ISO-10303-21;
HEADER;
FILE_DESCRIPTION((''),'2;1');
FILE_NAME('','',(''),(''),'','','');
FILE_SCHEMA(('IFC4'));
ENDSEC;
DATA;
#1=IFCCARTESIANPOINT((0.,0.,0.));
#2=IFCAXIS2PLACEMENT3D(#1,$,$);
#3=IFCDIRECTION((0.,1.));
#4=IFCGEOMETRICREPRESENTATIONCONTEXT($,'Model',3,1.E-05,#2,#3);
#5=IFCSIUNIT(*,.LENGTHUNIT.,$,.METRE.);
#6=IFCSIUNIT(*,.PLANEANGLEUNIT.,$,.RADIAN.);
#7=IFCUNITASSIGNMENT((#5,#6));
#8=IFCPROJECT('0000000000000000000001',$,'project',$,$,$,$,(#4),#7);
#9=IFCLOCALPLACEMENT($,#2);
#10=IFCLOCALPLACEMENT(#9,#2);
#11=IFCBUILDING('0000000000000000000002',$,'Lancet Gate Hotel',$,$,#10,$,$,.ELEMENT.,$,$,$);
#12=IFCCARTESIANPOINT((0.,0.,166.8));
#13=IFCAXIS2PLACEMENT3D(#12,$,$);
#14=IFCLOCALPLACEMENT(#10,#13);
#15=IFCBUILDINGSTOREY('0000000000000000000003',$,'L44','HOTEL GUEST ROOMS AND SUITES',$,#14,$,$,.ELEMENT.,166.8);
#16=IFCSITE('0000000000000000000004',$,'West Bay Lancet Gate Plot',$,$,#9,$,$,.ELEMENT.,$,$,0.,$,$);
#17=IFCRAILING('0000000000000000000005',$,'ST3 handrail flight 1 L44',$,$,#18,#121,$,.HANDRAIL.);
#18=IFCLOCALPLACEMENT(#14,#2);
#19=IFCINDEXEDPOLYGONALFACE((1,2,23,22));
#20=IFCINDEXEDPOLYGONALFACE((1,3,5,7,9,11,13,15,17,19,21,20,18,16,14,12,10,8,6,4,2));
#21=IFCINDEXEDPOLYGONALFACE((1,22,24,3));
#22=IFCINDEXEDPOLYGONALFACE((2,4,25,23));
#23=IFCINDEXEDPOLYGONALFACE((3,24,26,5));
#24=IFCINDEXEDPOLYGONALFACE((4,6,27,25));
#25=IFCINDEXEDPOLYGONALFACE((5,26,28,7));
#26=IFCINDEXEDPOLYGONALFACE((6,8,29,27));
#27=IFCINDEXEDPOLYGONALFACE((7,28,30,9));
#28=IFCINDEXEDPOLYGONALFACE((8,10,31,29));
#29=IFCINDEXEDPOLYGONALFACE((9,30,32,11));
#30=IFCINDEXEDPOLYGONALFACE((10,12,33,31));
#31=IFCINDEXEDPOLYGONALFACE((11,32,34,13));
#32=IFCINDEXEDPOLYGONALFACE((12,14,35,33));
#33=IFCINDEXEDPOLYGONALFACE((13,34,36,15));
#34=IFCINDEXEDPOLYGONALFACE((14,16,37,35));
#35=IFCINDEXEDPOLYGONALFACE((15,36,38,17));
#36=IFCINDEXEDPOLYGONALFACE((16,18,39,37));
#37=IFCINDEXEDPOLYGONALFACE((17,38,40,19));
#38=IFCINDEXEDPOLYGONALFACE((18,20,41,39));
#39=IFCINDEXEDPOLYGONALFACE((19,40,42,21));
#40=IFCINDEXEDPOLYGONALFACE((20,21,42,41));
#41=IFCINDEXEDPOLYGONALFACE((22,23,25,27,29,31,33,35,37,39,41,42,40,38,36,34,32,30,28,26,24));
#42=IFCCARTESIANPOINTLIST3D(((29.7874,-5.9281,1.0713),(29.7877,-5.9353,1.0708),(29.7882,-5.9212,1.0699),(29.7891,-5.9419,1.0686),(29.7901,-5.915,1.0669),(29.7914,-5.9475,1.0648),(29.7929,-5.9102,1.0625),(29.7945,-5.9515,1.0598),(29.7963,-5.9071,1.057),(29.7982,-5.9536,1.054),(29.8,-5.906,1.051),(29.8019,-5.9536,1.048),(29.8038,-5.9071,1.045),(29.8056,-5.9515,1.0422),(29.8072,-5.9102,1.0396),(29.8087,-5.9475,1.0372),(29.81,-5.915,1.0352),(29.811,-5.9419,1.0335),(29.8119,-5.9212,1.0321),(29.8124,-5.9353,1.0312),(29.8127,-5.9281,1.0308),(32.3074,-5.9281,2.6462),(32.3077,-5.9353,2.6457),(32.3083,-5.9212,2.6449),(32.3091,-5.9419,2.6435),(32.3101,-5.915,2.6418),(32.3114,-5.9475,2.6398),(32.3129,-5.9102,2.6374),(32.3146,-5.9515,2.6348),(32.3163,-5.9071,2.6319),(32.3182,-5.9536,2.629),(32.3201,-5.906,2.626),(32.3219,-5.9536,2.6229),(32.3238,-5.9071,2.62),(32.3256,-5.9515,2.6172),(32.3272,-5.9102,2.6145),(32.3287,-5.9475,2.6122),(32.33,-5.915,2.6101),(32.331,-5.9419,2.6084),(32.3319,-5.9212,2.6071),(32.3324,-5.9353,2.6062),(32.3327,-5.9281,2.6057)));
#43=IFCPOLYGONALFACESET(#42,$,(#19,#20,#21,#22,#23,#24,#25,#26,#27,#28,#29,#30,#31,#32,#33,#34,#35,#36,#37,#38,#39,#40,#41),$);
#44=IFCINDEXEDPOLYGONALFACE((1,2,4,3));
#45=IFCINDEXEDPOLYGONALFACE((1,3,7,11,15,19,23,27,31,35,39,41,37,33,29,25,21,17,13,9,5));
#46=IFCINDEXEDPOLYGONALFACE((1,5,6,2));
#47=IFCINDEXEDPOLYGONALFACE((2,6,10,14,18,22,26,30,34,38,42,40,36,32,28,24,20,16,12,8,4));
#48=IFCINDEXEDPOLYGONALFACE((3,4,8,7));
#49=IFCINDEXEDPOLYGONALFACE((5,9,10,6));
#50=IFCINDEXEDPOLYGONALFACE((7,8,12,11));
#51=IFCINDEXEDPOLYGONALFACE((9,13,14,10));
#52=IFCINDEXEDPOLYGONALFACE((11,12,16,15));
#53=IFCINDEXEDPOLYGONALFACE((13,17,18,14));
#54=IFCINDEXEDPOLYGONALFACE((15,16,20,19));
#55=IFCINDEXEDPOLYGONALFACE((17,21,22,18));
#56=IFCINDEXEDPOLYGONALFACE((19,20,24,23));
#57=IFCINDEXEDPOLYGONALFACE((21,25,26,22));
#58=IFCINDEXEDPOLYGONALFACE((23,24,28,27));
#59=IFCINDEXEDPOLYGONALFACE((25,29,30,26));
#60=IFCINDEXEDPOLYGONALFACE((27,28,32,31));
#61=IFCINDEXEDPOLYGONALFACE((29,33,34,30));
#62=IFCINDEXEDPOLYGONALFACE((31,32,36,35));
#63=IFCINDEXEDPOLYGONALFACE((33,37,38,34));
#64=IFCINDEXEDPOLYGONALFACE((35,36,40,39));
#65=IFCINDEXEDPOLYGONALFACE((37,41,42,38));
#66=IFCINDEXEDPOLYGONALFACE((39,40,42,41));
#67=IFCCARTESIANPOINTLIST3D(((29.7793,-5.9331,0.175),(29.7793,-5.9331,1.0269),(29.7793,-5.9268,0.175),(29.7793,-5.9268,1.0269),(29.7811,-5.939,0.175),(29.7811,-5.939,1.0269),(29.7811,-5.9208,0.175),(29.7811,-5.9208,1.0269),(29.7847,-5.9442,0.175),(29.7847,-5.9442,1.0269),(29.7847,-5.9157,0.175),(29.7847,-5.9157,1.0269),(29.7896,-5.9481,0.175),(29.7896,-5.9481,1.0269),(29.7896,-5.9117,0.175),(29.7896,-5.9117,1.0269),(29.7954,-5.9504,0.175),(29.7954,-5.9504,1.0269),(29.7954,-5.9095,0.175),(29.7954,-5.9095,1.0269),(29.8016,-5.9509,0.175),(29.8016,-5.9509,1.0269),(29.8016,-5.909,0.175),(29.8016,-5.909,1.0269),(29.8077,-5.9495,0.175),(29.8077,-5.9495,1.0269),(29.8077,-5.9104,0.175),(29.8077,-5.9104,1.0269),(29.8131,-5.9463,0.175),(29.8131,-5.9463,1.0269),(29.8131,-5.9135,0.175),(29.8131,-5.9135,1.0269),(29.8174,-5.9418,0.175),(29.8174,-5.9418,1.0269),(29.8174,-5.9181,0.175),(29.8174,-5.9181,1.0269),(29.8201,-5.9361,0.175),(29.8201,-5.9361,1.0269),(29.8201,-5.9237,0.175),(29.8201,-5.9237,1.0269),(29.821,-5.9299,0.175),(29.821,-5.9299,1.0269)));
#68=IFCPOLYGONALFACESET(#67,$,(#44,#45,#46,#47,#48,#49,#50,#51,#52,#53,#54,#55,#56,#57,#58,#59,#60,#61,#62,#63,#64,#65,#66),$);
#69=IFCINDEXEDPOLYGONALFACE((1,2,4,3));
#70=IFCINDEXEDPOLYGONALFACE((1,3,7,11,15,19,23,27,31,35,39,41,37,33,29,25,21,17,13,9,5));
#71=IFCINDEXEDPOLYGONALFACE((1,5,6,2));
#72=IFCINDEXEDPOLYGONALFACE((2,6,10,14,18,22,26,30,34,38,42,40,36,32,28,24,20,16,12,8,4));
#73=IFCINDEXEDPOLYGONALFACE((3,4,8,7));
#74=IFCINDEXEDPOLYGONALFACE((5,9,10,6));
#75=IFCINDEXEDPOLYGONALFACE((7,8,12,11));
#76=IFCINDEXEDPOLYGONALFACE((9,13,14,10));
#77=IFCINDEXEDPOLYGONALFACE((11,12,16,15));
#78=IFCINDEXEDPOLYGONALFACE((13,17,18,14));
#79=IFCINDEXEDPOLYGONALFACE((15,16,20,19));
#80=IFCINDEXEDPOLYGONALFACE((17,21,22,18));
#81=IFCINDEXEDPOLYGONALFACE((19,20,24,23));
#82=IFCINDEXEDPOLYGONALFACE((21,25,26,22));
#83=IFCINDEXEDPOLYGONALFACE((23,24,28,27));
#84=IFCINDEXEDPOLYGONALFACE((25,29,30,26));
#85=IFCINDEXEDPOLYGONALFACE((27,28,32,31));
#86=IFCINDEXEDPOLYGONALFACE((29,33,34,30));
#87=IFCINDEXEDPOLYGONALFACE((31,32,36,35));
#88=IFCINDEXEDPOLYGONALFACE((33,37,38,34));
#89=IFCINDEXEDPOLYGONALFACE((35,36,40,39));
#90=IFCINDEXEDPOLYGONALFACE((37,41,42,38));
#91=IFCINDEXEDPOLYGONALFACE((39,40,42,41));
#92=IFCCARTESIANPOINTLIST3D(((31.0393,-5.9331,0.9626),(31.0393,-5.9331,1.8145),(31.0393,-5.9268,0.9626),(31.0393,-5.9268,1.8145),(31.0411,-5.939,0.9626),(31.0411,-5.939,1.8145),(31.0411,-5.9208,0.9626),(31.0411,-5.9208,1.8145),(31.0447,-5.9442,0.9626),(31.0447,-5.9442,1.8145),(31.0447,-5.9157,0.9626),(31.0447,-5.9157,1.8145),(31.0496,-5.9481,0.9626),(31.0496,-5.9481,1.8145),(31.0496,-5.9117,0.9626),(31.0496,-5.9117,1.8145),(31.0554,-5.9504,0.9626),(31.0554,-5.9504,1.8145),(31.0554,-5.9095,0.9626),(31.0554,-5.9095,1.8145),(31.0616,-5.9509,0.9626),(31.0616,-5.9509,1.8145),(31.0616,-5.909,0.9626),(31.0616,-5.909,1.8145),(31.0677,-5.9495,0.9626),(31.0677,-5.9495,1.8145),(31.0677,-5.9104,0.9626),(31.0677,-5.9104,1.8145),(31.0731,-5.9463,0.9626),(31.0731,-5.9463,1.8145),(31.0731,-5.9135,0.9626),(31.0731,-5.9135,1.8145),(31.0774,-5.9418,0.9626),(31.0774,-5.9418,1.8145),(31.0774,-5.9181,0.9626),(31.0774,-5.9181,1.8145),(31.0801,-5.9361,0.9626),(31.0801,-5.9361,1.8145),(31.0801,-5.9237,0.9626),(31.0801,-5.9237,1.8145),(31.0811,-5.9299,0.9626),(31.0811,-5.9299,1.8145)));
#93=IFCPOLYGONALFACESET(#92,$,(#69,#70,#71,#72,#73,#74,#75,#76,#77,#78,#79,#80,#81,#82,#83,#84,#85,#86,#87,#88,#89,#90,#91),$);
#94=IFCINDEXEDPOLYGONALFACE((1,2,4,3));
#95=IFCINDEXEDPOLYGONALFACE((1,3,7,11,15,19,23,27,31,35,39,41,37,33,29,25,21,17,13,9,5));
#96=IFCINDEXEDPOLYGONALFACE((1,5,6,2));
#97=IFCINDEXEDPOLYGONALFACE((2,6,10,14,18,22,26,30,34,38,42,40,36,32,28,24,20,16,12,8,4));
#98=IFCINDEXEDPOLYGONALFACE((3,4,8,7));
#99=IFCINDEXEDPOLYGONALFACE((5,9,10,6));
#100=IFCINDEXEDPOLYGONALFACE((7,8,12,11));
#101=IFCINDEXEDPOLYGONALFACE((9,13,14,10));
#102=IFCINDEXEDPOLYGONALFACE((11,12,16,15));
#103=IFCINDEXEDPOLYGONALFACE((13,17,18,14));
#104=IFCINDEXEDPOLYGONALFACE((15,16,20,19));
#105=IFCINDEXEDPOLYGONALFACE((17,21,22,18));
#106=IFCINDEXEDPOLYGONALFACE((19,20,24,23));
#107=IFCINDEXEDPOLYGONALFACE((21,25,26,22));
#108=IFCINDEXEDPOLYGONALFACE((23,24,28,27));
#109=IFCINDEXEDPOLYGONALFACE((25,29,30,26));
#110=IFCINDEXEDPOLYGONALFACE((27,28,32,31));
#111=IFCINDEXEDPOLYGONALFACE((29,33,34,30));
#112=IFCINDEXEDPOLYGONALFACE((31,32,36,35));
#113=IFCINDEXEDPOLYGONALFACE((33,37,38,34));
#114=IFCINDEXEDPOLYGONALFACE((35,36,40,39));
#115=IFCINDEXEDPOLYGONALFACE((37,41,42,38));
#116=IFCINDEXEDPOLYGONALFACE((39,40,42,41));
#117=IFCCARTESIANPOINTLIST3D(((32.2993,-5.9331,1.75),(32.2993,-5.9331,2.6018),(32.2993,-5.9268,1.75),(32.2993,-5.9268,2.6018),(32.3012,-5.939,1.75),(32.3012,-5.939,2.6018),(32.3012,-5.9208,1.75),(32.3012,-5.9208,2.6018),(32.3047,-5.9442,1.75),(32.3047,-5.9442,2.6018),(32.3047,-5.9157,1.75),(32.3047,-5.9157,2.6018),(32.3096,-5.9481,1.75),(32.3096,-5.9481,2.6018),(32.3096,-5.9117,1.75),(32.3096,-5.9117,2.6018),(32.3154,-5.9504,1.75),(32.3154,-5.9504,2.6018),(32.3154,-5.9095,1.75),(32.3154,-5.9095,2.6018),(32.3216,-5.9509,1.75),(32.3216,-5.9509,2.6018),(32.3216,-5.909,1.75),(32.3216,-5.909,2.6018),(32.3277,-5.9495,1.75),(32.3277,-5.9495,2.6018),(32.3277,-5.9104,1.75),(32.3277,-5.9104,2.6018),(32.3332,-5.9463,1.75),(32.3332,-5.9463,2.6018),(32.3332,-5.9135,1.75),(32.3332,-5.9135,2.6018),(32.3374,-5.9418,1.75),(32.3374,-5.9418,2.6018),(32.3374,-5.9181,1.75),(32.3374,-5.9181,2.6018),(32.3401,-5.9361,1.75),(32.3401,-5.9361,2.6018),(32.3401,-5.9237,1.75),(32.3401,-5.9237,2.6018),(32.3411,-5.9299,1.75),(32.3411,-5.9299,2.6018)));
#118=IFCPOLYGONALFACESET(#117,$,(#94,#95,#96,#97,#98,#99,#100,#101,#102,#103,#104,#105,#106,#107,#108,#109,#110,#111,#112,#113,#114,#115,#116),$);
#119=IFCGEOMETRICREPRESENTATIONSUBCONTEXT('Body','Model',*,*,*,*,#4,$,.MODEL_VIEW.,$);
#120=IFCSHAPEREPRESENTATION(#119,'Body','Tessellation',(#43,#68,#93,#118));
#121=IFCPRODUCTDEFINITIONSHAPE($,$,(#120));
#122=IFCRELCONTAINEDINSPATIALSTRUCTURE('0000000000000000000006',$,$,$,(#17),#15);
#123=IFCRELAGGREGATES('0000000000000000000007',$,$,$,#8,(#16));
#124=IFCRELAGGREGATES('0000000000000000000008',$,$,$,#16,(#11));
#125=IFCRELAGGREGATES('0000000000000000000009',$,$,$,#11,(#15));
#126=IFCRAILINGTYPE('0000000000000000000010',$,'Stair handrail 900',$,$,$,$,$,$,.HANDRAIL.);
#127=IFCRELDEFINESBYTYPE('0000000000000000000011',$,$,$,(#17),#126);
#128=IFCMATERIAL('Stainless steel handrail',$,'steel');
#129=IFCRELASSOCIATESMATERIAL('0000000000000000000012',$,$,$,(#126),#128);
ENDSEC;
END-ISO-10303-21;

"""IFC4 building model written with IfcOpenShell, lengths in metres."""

from ifc_helpers import new_model, si_unit, direction, frame, origin, origin_2d, place, context, subcontext, project, spatial, circle, extrude, material, type_object, element, save


model = new_model("IFC4")

# Units and contexts
model_context = context("Model", 3, precision=1e-05, world=origin(), true_north=direction((0.0, 1.0)))
body_context = subcontext(model_context, "Body", "Model", "MODEL_VIEW")
ifc_project = project(units=[si_unit("LENGTHUNIT", "METRE"), si_unit("PLANEANGLEUNIT", "RADIAN")], contexts=[model_context])

# Site, building, storey
site_placement = place(None, origin())
site = spatial("IfcSite", under=ifc_project, at=site_placement, Name="West Bay Lancet Gate Plot", CompositionType="ELEMENT", RefElevation=0.0)
building_placement = place(site_placement, origin())
building = spatial("IfcBuilding", under=site, at=building_placement, Name="Lancet Gate Hotel", CompositionType="ELEMENT")
storey_placement = place(building_placement, frame((0.0, 0.0, 166.8)))
storey = spatial("IfcBuildingStorey", under=building, at=storey_placement, Name="L44", Description="HOTEL GUEST ROOMS AND SUITES", CompositionType="ELEMENT", Elevation=166.8)

# Railing
ifc_material_1 = material(Name="Stainless steel handrail", Category="steel")
railing_type = type_object("IfcRailingType", Name="Stair handrail 900", PredefinedType="HANDRAIL", material=ifc_material_1)
railing_1_placement = place(storey_placement, frame((29.8, -5.9299, 0.175)))
element("IfcRailing", 1, at=railing_1_placement, inside=storey, type_object=railing_type, Name="ST3 handrail flight 1 L44", PredefinedType="HANDRAIL", context=body_context, shape_type="SweptSolid", body=[
    extrude(circle(Radius=0.0239, at=origin_2d()), frame((0.0, 0.0, 0.876), z_axis=(0.848008, 0.0, 0.529984), x_axis=(0.0, 1.0, 0.0)), (0.0, 0.0, 1.0), 2.9717),
    extrude(circle(Radius=0.021, at=origin_2d()), origin(), (0.0, 0.0, 1.0), 0.8518),
    extrude(circle(Radius=0.021, at=origin_2d()), frame((1.26, 0.0, 0.7876)), (0.0, 0.0, 1.0), 0.8518),
    extrude(circle(Radius=0.021, at=origin_2d()), frame((2.52, 0.0, 1.575)), (0.0, 0.0, 1.0), 0.8518),
])

save(model, "model.ifc")
